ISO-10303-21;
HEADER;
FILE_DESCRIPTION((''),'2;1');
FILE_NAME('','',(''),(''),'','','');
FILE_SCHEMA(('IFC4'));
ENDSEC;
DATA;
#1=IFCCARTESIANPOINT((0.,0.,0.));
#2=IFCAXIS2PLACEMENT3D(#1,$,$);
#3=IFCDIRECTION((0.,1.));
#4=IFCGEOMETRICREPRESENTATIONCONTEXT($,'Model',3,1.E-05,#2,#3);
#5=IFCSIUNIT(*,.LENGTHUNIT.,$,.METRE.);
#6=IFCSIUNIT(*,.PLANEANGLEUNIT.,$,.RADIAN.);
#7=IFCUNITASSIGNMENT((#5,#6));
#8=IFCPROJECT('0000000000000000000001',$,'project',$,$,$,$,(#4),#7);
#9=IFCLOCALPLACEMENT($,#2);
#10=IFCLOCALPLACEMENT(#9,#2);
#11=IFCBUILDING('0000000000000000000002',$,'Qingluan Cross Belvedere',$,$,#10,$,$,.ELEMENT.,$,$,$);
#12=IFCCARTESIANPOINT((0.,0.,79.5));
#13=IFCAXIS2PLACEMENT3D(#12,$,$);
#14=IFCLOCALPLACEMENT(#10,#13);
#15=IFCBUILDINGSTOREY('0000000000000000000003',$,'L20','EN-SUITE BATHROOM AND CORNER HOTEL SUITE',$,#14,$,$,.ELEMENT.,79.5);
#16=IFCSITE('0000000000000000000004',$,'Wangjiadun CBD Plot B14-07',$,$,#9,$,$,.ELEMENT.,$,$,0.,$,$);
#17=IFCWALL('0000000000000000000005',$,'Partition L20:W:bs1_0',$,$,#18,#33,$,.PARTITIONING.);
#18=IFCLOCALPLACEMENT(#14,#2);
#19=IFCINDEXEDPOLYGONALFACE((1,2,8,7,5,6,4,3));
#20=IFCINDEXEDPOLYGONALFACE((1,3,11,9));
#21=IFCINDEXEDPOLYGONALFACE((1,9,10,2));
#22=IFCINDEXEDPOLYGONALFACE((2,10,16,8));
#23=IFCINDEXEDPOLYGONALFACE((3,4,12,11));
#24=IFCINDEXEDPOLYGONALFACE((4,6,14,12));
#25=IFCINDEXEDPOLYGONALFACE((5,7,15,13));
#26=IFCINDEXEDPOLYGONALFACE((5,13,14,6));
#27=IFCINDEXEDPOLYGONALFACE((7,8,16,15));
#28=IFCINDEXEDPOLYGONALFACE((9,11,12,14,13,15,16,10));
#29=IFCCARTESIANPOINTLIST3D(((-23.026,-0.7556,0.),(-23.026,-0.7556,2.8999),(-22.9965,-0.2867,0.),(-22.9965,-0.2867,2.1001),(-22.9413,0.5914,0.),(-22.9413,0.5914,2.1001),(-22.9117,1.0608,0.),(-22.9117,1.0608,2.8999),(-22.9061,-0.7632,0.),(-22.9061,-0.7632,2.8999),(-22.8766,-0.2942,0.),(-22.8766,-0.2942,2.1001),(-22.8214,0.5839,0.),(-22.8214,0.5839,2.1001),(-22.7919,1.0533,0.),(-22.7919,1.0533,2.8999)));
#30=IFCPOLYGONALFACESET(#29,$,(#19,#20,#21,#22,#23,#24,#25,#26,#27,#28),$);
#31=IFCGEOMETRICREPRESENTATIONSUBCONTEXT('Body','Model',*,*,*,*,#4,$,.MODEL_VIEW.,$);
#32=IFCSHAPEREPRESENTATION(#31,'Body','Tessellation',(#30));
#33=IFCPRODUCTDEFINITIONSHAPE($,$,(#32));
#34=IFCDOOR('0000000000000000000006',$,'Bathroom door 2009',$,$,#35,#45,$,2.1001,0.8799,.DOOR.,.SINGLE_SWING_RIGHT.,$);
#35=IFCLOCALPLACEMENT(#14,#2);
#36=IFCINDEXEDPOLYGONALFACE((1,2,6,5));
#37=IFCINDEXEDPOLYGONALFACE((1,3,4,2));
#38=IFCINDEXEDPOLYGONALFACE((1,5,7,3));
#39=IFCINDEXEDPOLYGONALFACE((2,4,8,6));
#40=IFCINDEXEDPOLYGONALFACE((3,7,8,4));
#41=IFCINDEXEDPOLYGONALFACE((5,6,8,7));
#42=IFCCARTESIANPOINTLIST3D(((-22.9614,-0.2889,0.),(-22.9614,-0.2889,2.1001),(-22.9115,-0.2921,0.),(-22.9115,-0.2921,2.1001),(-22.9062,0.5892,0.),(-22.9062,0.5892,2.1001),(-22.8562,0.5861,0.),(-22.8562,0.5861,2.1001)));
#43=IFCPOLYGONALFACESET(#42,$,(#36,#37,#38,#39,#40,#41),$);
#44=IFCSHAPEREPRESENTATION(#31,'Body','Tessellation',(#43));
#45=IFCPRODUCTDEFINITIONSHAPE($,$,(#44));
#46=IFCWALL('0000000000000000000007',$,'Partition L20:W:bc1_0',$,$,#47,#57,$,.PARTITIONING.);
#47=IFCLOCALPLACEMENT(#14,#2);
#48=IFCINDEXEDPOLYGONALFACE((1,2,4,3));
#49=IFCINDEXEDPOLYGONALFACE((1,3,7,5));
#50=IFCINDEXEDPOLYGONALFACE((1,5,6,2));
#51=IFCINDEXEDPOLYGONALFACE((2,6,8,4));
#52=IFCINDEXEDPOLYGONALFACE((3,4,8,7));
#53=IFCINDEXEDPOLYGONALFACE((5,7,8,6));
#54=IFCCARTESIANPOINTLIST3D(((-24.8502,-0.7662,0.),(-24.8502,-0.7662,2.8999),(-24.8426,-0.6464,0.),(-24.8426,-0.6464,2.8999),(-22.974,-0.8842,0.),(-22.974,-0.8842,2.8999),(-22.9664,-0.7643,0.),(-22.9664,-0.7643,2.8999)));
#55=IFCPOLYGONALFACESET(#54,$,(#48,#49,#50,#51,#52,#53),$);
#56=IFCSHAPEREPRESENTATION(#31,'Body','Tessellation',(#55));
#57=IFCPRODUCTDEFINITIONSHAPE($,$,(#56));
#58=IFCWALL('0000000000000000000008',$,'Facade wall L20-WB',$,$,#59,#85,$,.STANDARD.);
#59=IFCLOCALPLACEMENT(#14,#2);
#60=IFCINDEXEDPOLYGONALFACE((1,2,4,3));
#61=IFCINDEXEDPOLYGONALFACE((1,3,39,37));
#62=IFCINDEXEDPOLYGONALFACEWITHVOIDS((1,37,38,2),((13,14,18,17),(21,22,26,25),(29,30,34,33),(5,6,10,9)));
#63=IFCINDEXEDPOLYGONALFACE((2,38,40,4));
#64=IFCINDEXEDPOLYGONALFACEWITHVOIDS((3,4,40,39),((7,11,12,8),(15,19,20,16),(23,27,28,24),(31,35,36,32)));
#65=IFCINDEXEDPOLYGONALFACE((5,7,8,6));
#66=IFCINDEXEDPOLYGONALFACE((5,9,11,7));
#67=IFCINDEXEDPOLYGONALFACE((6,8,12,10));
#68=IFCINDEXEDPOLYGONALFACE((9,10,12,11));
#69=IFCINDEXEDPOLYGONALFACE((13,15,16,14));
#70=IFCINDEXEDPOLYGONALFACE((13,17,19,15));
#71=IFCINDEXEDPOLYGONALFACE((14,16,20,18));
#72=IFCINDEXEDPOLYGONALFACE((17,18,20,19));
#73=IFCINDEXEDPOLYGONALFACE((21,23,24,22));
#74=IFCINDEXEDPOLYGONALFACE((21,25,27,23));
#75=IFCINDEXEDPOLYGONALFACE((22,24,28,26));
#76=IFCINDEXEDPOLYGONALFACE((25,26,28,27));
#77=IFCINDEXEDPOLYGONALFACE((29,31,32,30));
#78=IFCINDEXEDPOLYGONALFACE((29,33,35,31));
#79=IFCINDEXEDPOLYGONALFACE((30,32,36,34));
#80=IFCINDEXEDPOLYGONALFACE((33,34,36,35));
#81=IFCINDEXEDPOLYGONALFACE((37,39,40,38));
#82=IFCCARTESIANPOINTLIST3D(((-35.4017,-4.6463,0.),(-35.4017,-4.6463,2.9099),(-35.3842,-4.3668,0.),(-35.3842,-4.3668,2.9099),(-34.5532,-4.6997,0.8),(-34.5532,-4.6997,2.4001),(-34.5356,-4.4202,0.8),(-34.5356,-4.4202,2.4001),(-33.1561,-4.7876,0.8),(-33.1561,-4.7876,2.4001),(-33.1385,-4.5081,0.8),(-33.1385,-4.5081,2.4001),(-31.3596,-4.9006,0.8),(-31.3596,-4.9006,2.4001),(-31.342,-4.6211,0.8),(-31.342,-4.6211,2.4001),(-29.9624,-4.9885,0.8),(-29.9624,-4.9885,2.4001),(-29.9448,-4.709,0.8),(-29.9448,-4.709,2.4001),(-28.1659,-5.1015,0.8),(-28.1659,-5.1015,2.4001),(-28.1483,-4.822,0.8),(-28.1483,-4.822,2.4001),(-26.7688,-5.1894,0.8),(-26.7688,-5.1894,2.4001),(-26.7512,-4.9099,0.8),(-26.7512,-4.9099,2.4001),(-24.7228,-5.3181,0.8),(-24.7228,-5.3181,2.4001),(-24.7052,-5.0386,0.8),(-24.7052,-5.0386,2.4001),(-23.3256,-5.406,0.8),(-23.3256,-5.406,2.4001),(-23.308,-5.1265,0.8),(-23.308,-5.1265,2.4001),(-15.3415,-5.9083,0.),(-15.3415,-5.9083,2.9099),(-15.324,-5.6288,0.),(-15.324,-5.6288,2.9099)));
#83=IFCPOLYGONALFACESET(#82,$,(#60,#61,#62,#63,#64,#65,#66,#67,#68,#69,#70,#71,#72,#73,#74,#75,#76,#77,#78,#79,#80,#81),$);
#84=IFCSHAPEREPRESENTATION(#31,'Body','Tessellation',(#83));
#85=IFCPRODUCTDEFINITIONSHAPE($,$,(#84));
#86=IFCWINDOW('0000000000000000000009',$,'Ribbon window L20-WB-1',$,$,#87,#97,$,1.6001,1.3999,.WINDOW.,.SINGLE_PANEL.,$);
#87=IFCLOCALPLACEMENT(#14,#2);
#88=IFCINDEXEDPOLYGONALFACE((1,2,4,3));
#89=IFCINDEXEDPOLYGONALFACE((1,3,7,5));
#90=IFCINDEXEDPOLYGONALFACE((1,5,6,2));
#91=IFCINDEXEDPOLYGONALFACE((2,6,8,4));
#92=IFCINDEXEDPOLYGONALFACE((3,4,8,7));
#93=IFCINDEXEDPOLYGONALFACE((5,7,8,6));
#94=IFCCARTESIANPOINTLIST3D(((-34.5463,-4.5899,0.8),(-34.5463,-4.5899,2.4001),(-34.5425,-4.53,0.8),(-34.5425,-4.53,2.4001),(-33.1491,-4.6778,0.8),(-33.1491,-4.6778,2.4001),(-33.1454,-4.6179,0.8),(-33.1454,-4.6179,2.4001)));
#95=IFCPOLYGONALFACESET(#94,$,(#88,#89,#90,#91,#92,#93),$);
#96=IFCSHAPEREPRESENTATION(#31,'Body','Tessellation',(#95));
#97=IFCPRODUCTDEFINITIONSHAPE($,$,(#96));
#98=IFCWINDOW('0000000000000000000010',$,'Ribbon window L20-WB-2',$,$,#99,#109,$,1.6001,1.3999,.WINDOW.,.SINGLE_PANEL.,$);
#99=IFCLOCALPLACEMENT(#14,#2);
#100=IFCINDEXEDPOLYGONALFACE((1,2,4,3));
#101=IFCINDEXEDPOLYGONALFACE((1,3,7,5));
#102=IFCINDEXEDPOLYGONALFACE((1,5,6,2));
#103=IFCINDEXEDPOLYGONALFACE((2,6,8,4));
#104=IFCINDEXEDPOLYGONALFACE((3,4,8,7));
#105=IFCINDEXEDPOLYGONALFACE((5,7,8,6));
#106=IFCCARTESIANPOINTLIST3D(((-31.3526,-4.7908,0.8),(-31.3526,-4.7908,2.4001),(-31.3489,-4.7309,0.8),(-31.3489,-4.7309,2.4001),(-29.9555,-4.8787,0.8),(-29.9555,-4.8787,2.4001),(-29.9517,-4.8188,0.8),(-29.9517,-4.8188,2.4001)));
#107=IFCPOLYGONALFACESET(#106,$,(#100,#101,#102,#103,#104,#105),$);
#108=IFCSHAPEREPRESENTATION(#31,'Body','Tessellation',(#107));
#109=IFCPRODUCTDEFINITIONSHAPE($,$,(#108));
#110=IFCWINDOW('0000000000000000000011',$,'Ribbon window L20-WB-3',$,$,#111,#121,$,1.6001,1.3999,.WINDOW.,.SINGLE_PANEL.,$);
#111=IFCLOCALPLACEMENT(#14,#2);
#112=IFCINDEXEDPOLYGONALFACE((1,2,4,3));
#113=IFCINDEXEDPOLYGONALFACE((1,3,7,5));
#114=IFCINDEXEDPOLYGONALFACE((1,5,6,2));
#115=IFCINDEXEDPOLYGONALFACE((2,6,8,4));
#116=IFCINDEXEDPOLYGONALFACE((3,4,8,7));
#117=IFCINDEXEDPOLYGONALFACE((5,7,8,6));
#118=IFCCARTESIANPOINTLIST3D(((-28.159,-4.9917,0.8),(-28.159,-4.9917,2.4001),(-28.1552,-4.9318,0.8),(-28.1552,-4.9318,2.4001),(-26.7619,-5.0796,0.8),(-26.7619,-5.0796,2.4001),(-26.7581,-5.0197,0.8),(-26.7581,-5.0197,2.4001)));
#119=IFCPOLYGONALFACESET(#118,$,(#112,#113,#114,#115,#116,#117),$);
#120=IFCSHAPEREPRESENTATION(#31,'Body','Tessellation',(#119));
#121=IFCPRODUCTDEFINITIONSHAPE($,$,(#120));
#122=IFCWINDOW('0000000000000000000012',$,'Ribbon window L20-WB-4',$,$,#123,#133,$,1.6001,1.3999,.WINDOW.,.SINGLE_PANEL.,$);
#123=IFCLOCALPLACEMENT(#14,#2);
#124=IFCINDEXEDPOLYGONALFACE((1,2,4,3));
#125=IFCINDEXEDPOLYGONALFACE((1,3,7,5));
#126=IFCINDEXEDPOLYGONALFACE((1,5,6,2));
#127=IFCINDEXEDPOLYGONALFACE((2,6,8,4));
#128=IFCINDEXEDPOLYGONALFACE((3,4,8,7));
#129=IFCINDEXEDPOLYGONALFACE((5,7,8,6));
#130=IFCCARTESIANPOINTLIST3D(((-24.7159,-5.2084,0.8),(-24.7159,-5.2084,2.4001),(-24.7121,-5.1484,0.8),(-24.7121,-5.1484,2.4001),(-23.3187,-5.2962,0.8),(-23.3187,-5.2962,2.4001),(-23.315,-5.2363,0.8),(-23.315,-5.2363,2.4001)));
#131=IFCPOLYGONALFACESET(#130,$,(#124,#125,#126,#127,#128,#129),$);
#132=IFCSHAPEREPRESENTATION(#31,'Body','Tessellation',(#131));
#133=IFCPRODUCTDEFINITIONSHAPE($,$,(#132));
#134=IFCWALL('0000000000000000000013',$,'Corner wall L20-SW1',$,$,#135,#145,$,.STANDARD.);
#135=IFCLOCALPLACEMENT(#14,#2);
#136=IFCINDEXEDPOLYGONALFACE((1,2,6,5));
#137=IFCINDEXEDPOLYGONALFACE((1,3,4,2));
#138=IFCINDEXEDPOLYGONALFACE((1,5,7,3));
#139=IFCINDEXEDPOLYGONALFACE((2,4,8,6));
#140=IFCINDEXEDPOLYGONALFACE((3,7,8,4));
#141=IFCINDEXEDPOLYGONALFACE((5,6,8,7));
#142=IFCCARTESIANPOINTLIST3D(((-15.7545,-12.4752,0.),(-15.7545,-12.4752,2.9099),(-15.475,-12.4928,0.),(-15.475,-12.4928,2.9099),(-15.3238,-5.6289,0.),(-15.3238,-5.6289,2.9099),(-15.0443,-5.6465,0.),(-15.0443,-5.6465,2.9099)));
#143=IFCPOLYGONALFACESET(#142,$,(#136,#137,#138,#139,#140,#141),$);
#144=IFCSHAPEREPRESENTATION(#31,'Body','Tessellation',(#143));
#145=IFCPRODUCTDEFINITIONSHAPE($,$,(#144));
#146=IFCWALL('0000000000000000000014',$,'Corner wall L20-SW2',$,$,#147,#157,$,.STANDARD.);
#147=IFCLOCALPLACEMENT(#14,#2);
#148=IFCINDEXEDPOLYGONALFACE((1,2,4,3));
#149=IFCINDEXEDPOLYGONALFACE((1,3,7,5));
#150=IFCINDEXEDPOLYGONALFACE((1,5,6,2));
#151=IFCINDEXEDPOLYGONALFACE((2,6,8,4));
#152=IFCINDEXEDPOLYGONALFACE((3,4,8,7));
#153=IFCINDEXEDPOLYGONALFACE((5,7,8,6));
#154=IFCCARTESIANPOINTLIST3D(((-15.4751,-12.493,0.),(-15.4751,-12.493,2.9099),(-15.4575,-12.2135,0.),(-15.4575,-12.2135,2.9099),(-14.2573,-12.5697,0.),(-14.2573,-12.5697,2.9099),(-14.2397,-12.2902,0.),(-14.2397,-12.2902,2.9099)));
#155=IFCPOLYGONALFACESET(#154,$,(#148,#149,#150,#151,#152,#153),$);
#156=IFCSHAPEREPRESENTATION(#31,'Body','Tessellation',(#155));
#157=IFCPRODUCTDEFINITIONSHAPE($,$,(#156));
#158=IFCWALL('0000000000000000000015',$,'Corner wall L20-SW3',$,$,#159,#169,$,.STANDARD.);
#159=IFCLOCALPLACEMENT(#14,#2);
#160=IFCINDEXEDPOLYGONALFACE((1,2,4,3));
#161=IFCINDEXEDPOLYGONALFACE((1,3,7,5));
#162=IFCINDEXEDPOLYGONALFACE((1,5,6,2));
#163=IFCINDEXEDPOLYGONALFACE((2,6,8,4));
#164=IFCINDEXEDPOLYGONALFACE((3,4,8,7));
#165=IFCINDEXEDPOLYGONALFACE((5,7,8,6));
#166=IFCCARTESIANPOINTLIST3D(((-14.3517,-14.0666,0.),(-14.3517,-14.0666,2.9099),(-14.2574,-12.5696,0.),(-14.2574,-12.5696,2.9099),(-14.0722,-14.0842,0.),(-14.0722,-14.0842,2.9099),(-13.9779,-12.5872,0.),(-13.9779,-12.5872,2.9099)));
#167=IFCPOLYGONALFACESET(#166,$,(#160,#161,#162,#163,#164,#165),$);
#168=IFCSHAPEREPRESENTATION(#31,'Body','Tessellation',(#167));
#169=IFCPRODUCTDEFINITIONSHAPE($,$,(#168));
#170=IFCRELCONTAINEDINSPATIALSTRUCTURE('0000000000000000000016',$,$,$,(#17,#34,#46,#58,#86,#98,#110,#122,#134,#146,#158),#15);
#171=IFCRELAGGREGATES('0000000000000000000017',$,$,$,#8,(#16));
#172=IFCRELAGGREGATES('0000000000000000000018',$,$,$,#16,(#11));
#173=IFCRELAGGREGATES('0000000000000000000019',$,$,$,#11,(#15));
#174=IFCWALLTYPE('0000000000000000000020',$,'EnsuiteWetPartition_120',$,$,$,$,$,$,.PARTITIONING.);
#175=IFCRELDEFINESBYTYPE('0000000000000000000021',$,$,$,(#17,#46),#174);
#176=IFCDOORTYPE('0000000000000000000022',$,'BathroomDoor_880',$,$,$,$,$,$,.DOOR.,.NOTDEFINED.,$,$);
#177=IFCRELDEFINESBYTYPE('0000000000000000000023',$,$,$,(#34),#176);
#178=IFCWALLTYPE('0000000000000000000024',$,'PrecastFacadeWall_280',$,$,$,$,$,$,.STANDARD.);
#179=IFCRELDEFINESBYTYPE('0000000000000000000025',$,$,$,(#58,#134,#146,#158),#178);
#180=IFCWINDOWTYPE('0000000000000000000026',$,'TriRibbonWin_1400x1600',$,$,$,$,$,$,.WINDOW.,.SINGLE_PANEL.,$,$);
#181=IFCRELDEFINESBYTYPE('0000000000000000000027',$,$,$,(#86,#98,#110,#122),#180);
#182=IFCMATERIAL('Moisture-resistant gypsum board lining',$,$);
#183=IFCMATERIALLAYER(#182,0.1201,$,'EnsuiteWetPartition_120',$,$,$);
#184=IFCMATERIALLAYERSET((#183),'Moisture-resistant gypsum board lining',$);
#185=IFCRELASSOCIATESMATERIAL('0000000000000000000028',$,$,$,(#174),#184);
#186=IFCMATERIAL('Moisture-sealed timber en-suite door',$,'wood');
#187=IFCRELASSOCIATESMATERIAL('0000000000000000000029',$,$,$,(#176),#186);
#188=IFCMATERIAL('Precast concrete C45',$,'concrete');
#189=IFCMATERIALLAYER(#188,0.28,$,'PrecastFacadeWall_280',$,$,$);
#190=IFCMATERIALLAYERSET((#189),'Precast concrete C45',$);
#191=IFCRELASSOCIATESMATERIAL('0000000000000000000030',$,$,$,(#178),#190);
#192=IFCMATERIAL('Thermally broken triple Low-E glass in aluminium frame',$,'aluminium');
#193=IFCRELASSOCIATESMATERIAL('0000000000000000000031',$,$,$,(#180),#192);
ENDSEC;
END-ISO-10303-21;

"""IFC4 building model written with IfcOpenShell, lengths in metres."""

from ifc_helpers import new_model, si_unit, direction, frame, frame_2d, origin, place, context, subcontext, project, spatial, rectangle, extrude, material, layer, layer_set, type_object, element, fill, save


model = new_model("IFC4")

# Units and contexts
model_context = context("Model", 3, precision=1e-05, world=origin(), true_north=direction((0.0, 1.0)))
body_context = subcontext(model_context, "Body", "Model", "MODEL_VIEW")
ifc_project = project(units=[si_unit("LENGTHUNIT", "METRE"), si_unit("PLANEANGLEUNIT", "RADIAN")], contexts=[model_context])

# Site, building, storey
site_placement = place(None, origin())
site = spatial("IfcSite", under=ifc_project, at=site_placement, Name="Wangjiadun CBD Plot B14-07", CompositionType="ELEMENT", RefElevation=0.0)
building_placement = place(site_placement, origin())
building = spatial("IfcBuilding", under=site, at=building_placement, Name="Qingluan Cross Belvedere", CompositionType="ELEMENT")
storey_placement = place(building_placement, frame((0.0, 0.0, 79.5)))
storey = spatial("IfcBuildingStorey", under=building, at=storey_placement, Name="L20", Description="EN-SUITE BATHROOM AND CORNER HOTEL SUITE", CompositionType="ELEMENT", Elevation=79.5)

# Wall, opening, door
ifc_material_1 = material(Name="Moisture-resistant gypsum board lining")
ifc_layer_1 = layer(ifc_material_1, 0.1201, Name="EnsuiteWetPartition_120")
ifc_layer_set_1 = layer_set([ifc_layer_1], Name="Moisture-resistant gypsum board lining")
wall_type_1 = type_object("IfcWallType", Name="EnsuiteWetPartition_120", PredefinedType="PARTITIONING", material=ifc_layer_set_1)
wall_1_placement = place(storey_placement, frame((-22.9661, -0.7595, 0.0), z_axis=(0.0, 0.0, 1.0), x_axis=(0.062779, 0.998027, 0.0)))
wall_1 = element("IfcWall", 1, at=wall_1_placement, inside=storey, type_object=wall_type_1, Name="Partition L20:W:bs1_0", PredefinedType="PARTITIONING", context=body_context, shape_type="SweptSolid", body=[
    extrude(rectangle(XDim=1.8201, YDim=0.1201, at=frame_2d((0.9102, 0.0))), origin(), (0.0, 0.0, 1.0), 2.8999),
])
opening_1_placement = place(wall_1_placement, frame((0.47, 0.0, 0.0)))
opening_1 = element("IfcOpeningElement", 2, at=opening_1_placement, cuts=wall_1, PredefinedType="OPENING", context=body_context, shape_type="SweptSolid", body=[
    extrude(rectangle(XDim=0.8799, YDim=2.1001, at=frame_2d((0.4399, 1.05))), frame((0.0, 0.0701, 0.0), z_axis=(0.0, -1.0, 0.0), x_axis=(1.0, 0.0, 0.0)), (0.0, 0.0, 1.0), 0.1401),
])
ifc_material_2 = material(Name="Moisture-sealed timber en-suite door", Category="wood")
door_type_1 = type_object("IfcDoorType", Name="BathroomDoor_880", OperationType="NOTDEFINED", PredefinedType="DOOR", material=ifc_material_2)
door_1_placement = place(opening_1_placement, origin())
door_1 = element("IfcDoor", 3, at=door_1_placement, inside=storey, type_object=door_type_1, Name="Bathroom door 2009", OperationType="SINGLE_SWING_RIGHT", OverallHeight=2.1001, OverallWidth=0.8799, PredefinedType="DOOR", context=body_context, shape_type="SweptSolid", body=[
    extrude(rectangle(XDim=0.8799, YDim=2.1001, at=frame_2d((0.4399, 1.05))), frame((0.0, 0.0249, 0.0), z_axis=(0.0, -1.0, 0.0), x_axis=(1.0, 0.0, 0.0)), (0.0, 0.0, 1.0), 0.05),
])
fill(opening_1, door_1)

# Wall
wall_2_placement = place(storey_placement, frame((-22.9702, -0.8242, 0.0), z_axis=(0.0, 0.0, 1.0), x_axis=(-0.998031, 0.062726, 0.0)))
element("IfcWall", 4, at=wall_2_placement, inside=storey, type_object=wall_type_1, Name="Partition L20:W:bc1_0", PredefinedType="PARTITIONING", context=body_context, shape_type="SweptSolid", body=[
    extrude(rectangle(XDim=1.8799, YDim=0.1201, at=frame_2d((0.9399, 0.0))), origin(), (0.0, 0.0, 1.0), 2.8999),
])

# Wall, openings, windows
ifc_material_3 = material(Name="Precast concrete C45", Category="concrete")
ifc_layer_2 = layer(ifc_material_3, 0.28, Name="PrecastFacadeWall_280")
ifc_layer_set_2 = layer_set([ifc_layer_2], Name="Precast concrete C45")
wall_type_2 = type_object("IfcWallType", Name="PrecastFacadeWall_280", PredefinedType="STANDARD", material=ifc_layer_set_2)
wall_3_placement = place(storey_placement, frame((-35.3928, -4.5066, 0.0), z_axis=(0.0, 0.0, 1.0), x_axis=(0.998027, -0.062784, 0.0)))
wall_3 = element("IfcWall", 5, at=wall_3_placement, inside=storey, type_object=wall_type_2, Name="Facade wall L20-WB", PredefinedType="STANDARD", context=body_context, shape_type="SweptSolid", body=[
    extrude(rectangle(XDim=20.0999, YDim=0.28, at=frame_2d((10.0498, 0.0))), origin(), (0.0, 0.0, 1.0), 2.9099),
])
opening_2_placement = place(wall_3_placement, frame((0.8501, 0.0, 0.8)))
opening_2 = element("IfcOpeningElement", 6, at=opening_2_placement, cuts=wall_3, PredefinedType="OPENING", context=body_context, shape_type="SweptSolid", body=[
    extrude(rectangle(XDim=1.3999, YDim=1.6001, at=frame_2d((0.7, 0.8))), frame((0.0, 0.1499, 0.0), z_axis=(0.0, -1.0, 0.0), x_axis=(1.0, 0.0, 0.0)), (0.0, 0.0, 1.0), 0.3),
])
opening_3_placement = place(wall_3_placement, frame((4.05, 0.0, 0.8)))
opening_3 = element("IfcOpeningElement", 7, at=opening_3_placement, cuts=wall_3, PredefinedType="OPENING", context=body_context, shape_type="SweptSolid", body=[
    extrude(rectangle(XDim=1.3999, YDim=1.6001, at=frame_2d((0.7, 0.8))), frame((0.0, 0.1499, 0.0), z_axis=(0.0, -1.0, 0.0), x_axis=(1.0, 0.0, 0.0)), (0.0, 0.0, 1.0), 0.3),
])
opening_4_placement = place(wall_3_placement, frame((7.25, 0.0, 0.8)))
opening_4 = element("IfcOpeningElement", 8, at=opening_4_placement, cuts=wall_3, PredefinedType="OPENING", context=body_context, shape_type="SweptSolid", body=[
    extrude(rectangle(XDim=1.3999, YDim=1.6001, at=frame_2d((0.7, 0.8))), frame((0.0, 0.1499, 0.0), z_axis=(0.0, -1.0, 0.0), x_axis=(1.0, 0.0, 0.0)), (0.0, 0.0, 1.0), 0.3),
])
opening_5_placement = place(wall_3_placement, frame((10.7, 0.0, 0.8)))
opening_5 = element("IfcOpeningElement", 9, at=opening_5_placement, cuts=wall_3, PredefinedType="OPENING", context=body_context, shape_type="SweptSolid", body=[
    extrude(rectangle(XDim=1.3999, YDim=1.6001, at=frame_2d((0.7, 0.8))), frame((0.0, 0.1499, 0.0), z_axis=(0.0, -1.0, 0.0), x_axis=(1.0, 0.0, 0.0)), (0.0, 0.0, 1.0), 0.3),
])
ifc_material_4 = material(Name="Thermally broken triple Low-E glass in aluminium frame", Category="aluminium")
window_type = type_object("IfcWindowType", Name="TriRibbonWin_1400x1600", PartitioningType="SINGLE_PANEL", PredefinedType="WINDOW", material=ifc_material_4)
window_1_placement = place(opening_2_placement, origin())
window_1 = element("IfcWindow", 10, at=window_1_placement, inside=storey, type_object=window_type, Name="Ribbon window L20-WB-1", OverallHeight=1.6001, OverallWidth=1.3999, PartitioningType="SINGLE_PANEL", PredefinedType="WINDOW", context=body_context, shape_type="SweptSolid", body=[
    extrude(rectangle(XDim=1.3999, YDim=1.6001, at=frame_2d((0.7, 0.8))), frame((0.0, 0.03, 0.0), z_axis=(0.0, -1.0, 0.0), x_axis=(1.0, 0.0, 0.0)), (0.0, 0.0, 1.0), 0.0601),
])
fill(opening_2, window_1)
window_2_placement = place(opening_3_placement, origin())
window_2 = element("IfcWindow", 11, at=window_2_placement, inside=storey, type_object=window_type, Name="Ribbon window L20-WB-2", OverallHeight=1.6001, OverallWidth=1.3999, PartitioningType="SINGLE_PANEL", PredefinedType="WINDOW", context=body_context, shape_type="SweptSolid", body=[
    extrude(rectangle(XDim=1.3999, YDim=1.6001, at=frame_2d((0.7, 0.8))), frame((0.0, 0.03, 0.0), z_axis=(0.0, -1.0, 0.0), x_axis=(1.0, 0.0, 0.0)), (0.0, 0.0, 1.0), 0.0601),
])
fill(opening_3, window_2)
window_3_placement = place(opening_4_placement, origin())
window_3 = element("IfcWindow", 12, at=window_3_placement, inside=storey, type_object=window_type, Name="Ribbon window L20-WB-3", OverallHeight=1.6001, OverallWidth=1.3999, PartitioningType="SINGLE_PANEL", PredefinedType="WINDOW", context=body_context, shape_type="SweptSolid", body=[
    extrude(rectangle(XDim=1.3999, YDim=1.6001, at=frame_2d((0.7, 0.8))), frame((0.0, 0.03, 0.0), z_axis=(0.0, -1.0, 0.0), x_axis=(1.0, 0.0, 0.0)), (0.0, 0.0, 1.0), 0.0601),
])
fill(opening_4, window_3)
window_4_placement = place(opening_5_placement, origin())
window_4 = element("IfcWindow", 13, at=window_4_placement, inside=storey, type_object=window_type, Name="Ribbon window L20-WB-4", OverallHeight=1.6001, OverallWidth=1.3999, PartitioningType="SINGLE_PANEL", PredefinedType="WINDOW", context=body_context, shape_type="SweptSolid", body=[
    extrude(rectangle(XDim=1.3999, YDim=1.6001, at=frame_2d((0.7, 0.8))), frame((0.0, 0.03, 0.0), z_axis=(0.0, -1.0, 0.0), x_axis=(1.0, 0.0, 0.0)), (0.0, 0.0, 1.0), 0.0601),
])
fill(opening_5, window_4)

# Walls
wall_4_placement = place(storey_placement, frame((-15.1841, -5.6377, 0.0), z_axis=(0.0, 0.0, 1.0), x_axis=(-0.062779, -0.998027, 0.0)))
element("IfcWall", 14, at=wall_4_placement, inside=storey, type_object=wall_type_2, Name="Corner wall L20-SW1", PredefinedType="STANDARD", context=body_context, shape_type="SweptSolid", body=[
    extrude(rectangle(XDim=6.8599, YDim=0.28, at=frame_2d((3.4299, 0.0))), origin(), (0.0, 0.0, 1.0), 2.9099),
])
wall_5_placement = place(storey_placement, frame((-15.4663, -12.3533, 0.0), z_axis=(0.0, 0.0, 1.0), x_axis=(0.998024, -0.062827, 0.0)))
element("IfcWall", 15, at=wall_5_placement, inside=storey, type_object=wall_type_2, Name="Corner wall L20-SW2", PredefinedType="STANDARD", context=body_context, shape_type="SweptSolid", body=[
    extrude(rectangle(XDim=1.2202, YDim=0.28, at=frame_2d((0.6101, 0.0))), origin(), (0.0, 0.0, 1.0), 2.9099),
])
wall_6_placement = place(storey_placement, frame((-14.1177, -12.5784, 0.0), z_axis=(0.0, 0.0, 1.0), x_axis=(-0.062824, -0.998025, 0.0)))
element("IfcWall", 16, at=wall_6_placement, inside=storey, type_object=wall_type_2, Name="Corner wall L20-SW3", PredefinedType="STANDARD", context=body_context, shape_type="SweptSolid", body=[
    extrude(rectangle(XDim=1.5, YDim=0.28, at=frame_2d((0.75, 0.0))), origin(), (0.0, 0.0, 1.0), 2.9099),
])

save(model, "model.ifc")
